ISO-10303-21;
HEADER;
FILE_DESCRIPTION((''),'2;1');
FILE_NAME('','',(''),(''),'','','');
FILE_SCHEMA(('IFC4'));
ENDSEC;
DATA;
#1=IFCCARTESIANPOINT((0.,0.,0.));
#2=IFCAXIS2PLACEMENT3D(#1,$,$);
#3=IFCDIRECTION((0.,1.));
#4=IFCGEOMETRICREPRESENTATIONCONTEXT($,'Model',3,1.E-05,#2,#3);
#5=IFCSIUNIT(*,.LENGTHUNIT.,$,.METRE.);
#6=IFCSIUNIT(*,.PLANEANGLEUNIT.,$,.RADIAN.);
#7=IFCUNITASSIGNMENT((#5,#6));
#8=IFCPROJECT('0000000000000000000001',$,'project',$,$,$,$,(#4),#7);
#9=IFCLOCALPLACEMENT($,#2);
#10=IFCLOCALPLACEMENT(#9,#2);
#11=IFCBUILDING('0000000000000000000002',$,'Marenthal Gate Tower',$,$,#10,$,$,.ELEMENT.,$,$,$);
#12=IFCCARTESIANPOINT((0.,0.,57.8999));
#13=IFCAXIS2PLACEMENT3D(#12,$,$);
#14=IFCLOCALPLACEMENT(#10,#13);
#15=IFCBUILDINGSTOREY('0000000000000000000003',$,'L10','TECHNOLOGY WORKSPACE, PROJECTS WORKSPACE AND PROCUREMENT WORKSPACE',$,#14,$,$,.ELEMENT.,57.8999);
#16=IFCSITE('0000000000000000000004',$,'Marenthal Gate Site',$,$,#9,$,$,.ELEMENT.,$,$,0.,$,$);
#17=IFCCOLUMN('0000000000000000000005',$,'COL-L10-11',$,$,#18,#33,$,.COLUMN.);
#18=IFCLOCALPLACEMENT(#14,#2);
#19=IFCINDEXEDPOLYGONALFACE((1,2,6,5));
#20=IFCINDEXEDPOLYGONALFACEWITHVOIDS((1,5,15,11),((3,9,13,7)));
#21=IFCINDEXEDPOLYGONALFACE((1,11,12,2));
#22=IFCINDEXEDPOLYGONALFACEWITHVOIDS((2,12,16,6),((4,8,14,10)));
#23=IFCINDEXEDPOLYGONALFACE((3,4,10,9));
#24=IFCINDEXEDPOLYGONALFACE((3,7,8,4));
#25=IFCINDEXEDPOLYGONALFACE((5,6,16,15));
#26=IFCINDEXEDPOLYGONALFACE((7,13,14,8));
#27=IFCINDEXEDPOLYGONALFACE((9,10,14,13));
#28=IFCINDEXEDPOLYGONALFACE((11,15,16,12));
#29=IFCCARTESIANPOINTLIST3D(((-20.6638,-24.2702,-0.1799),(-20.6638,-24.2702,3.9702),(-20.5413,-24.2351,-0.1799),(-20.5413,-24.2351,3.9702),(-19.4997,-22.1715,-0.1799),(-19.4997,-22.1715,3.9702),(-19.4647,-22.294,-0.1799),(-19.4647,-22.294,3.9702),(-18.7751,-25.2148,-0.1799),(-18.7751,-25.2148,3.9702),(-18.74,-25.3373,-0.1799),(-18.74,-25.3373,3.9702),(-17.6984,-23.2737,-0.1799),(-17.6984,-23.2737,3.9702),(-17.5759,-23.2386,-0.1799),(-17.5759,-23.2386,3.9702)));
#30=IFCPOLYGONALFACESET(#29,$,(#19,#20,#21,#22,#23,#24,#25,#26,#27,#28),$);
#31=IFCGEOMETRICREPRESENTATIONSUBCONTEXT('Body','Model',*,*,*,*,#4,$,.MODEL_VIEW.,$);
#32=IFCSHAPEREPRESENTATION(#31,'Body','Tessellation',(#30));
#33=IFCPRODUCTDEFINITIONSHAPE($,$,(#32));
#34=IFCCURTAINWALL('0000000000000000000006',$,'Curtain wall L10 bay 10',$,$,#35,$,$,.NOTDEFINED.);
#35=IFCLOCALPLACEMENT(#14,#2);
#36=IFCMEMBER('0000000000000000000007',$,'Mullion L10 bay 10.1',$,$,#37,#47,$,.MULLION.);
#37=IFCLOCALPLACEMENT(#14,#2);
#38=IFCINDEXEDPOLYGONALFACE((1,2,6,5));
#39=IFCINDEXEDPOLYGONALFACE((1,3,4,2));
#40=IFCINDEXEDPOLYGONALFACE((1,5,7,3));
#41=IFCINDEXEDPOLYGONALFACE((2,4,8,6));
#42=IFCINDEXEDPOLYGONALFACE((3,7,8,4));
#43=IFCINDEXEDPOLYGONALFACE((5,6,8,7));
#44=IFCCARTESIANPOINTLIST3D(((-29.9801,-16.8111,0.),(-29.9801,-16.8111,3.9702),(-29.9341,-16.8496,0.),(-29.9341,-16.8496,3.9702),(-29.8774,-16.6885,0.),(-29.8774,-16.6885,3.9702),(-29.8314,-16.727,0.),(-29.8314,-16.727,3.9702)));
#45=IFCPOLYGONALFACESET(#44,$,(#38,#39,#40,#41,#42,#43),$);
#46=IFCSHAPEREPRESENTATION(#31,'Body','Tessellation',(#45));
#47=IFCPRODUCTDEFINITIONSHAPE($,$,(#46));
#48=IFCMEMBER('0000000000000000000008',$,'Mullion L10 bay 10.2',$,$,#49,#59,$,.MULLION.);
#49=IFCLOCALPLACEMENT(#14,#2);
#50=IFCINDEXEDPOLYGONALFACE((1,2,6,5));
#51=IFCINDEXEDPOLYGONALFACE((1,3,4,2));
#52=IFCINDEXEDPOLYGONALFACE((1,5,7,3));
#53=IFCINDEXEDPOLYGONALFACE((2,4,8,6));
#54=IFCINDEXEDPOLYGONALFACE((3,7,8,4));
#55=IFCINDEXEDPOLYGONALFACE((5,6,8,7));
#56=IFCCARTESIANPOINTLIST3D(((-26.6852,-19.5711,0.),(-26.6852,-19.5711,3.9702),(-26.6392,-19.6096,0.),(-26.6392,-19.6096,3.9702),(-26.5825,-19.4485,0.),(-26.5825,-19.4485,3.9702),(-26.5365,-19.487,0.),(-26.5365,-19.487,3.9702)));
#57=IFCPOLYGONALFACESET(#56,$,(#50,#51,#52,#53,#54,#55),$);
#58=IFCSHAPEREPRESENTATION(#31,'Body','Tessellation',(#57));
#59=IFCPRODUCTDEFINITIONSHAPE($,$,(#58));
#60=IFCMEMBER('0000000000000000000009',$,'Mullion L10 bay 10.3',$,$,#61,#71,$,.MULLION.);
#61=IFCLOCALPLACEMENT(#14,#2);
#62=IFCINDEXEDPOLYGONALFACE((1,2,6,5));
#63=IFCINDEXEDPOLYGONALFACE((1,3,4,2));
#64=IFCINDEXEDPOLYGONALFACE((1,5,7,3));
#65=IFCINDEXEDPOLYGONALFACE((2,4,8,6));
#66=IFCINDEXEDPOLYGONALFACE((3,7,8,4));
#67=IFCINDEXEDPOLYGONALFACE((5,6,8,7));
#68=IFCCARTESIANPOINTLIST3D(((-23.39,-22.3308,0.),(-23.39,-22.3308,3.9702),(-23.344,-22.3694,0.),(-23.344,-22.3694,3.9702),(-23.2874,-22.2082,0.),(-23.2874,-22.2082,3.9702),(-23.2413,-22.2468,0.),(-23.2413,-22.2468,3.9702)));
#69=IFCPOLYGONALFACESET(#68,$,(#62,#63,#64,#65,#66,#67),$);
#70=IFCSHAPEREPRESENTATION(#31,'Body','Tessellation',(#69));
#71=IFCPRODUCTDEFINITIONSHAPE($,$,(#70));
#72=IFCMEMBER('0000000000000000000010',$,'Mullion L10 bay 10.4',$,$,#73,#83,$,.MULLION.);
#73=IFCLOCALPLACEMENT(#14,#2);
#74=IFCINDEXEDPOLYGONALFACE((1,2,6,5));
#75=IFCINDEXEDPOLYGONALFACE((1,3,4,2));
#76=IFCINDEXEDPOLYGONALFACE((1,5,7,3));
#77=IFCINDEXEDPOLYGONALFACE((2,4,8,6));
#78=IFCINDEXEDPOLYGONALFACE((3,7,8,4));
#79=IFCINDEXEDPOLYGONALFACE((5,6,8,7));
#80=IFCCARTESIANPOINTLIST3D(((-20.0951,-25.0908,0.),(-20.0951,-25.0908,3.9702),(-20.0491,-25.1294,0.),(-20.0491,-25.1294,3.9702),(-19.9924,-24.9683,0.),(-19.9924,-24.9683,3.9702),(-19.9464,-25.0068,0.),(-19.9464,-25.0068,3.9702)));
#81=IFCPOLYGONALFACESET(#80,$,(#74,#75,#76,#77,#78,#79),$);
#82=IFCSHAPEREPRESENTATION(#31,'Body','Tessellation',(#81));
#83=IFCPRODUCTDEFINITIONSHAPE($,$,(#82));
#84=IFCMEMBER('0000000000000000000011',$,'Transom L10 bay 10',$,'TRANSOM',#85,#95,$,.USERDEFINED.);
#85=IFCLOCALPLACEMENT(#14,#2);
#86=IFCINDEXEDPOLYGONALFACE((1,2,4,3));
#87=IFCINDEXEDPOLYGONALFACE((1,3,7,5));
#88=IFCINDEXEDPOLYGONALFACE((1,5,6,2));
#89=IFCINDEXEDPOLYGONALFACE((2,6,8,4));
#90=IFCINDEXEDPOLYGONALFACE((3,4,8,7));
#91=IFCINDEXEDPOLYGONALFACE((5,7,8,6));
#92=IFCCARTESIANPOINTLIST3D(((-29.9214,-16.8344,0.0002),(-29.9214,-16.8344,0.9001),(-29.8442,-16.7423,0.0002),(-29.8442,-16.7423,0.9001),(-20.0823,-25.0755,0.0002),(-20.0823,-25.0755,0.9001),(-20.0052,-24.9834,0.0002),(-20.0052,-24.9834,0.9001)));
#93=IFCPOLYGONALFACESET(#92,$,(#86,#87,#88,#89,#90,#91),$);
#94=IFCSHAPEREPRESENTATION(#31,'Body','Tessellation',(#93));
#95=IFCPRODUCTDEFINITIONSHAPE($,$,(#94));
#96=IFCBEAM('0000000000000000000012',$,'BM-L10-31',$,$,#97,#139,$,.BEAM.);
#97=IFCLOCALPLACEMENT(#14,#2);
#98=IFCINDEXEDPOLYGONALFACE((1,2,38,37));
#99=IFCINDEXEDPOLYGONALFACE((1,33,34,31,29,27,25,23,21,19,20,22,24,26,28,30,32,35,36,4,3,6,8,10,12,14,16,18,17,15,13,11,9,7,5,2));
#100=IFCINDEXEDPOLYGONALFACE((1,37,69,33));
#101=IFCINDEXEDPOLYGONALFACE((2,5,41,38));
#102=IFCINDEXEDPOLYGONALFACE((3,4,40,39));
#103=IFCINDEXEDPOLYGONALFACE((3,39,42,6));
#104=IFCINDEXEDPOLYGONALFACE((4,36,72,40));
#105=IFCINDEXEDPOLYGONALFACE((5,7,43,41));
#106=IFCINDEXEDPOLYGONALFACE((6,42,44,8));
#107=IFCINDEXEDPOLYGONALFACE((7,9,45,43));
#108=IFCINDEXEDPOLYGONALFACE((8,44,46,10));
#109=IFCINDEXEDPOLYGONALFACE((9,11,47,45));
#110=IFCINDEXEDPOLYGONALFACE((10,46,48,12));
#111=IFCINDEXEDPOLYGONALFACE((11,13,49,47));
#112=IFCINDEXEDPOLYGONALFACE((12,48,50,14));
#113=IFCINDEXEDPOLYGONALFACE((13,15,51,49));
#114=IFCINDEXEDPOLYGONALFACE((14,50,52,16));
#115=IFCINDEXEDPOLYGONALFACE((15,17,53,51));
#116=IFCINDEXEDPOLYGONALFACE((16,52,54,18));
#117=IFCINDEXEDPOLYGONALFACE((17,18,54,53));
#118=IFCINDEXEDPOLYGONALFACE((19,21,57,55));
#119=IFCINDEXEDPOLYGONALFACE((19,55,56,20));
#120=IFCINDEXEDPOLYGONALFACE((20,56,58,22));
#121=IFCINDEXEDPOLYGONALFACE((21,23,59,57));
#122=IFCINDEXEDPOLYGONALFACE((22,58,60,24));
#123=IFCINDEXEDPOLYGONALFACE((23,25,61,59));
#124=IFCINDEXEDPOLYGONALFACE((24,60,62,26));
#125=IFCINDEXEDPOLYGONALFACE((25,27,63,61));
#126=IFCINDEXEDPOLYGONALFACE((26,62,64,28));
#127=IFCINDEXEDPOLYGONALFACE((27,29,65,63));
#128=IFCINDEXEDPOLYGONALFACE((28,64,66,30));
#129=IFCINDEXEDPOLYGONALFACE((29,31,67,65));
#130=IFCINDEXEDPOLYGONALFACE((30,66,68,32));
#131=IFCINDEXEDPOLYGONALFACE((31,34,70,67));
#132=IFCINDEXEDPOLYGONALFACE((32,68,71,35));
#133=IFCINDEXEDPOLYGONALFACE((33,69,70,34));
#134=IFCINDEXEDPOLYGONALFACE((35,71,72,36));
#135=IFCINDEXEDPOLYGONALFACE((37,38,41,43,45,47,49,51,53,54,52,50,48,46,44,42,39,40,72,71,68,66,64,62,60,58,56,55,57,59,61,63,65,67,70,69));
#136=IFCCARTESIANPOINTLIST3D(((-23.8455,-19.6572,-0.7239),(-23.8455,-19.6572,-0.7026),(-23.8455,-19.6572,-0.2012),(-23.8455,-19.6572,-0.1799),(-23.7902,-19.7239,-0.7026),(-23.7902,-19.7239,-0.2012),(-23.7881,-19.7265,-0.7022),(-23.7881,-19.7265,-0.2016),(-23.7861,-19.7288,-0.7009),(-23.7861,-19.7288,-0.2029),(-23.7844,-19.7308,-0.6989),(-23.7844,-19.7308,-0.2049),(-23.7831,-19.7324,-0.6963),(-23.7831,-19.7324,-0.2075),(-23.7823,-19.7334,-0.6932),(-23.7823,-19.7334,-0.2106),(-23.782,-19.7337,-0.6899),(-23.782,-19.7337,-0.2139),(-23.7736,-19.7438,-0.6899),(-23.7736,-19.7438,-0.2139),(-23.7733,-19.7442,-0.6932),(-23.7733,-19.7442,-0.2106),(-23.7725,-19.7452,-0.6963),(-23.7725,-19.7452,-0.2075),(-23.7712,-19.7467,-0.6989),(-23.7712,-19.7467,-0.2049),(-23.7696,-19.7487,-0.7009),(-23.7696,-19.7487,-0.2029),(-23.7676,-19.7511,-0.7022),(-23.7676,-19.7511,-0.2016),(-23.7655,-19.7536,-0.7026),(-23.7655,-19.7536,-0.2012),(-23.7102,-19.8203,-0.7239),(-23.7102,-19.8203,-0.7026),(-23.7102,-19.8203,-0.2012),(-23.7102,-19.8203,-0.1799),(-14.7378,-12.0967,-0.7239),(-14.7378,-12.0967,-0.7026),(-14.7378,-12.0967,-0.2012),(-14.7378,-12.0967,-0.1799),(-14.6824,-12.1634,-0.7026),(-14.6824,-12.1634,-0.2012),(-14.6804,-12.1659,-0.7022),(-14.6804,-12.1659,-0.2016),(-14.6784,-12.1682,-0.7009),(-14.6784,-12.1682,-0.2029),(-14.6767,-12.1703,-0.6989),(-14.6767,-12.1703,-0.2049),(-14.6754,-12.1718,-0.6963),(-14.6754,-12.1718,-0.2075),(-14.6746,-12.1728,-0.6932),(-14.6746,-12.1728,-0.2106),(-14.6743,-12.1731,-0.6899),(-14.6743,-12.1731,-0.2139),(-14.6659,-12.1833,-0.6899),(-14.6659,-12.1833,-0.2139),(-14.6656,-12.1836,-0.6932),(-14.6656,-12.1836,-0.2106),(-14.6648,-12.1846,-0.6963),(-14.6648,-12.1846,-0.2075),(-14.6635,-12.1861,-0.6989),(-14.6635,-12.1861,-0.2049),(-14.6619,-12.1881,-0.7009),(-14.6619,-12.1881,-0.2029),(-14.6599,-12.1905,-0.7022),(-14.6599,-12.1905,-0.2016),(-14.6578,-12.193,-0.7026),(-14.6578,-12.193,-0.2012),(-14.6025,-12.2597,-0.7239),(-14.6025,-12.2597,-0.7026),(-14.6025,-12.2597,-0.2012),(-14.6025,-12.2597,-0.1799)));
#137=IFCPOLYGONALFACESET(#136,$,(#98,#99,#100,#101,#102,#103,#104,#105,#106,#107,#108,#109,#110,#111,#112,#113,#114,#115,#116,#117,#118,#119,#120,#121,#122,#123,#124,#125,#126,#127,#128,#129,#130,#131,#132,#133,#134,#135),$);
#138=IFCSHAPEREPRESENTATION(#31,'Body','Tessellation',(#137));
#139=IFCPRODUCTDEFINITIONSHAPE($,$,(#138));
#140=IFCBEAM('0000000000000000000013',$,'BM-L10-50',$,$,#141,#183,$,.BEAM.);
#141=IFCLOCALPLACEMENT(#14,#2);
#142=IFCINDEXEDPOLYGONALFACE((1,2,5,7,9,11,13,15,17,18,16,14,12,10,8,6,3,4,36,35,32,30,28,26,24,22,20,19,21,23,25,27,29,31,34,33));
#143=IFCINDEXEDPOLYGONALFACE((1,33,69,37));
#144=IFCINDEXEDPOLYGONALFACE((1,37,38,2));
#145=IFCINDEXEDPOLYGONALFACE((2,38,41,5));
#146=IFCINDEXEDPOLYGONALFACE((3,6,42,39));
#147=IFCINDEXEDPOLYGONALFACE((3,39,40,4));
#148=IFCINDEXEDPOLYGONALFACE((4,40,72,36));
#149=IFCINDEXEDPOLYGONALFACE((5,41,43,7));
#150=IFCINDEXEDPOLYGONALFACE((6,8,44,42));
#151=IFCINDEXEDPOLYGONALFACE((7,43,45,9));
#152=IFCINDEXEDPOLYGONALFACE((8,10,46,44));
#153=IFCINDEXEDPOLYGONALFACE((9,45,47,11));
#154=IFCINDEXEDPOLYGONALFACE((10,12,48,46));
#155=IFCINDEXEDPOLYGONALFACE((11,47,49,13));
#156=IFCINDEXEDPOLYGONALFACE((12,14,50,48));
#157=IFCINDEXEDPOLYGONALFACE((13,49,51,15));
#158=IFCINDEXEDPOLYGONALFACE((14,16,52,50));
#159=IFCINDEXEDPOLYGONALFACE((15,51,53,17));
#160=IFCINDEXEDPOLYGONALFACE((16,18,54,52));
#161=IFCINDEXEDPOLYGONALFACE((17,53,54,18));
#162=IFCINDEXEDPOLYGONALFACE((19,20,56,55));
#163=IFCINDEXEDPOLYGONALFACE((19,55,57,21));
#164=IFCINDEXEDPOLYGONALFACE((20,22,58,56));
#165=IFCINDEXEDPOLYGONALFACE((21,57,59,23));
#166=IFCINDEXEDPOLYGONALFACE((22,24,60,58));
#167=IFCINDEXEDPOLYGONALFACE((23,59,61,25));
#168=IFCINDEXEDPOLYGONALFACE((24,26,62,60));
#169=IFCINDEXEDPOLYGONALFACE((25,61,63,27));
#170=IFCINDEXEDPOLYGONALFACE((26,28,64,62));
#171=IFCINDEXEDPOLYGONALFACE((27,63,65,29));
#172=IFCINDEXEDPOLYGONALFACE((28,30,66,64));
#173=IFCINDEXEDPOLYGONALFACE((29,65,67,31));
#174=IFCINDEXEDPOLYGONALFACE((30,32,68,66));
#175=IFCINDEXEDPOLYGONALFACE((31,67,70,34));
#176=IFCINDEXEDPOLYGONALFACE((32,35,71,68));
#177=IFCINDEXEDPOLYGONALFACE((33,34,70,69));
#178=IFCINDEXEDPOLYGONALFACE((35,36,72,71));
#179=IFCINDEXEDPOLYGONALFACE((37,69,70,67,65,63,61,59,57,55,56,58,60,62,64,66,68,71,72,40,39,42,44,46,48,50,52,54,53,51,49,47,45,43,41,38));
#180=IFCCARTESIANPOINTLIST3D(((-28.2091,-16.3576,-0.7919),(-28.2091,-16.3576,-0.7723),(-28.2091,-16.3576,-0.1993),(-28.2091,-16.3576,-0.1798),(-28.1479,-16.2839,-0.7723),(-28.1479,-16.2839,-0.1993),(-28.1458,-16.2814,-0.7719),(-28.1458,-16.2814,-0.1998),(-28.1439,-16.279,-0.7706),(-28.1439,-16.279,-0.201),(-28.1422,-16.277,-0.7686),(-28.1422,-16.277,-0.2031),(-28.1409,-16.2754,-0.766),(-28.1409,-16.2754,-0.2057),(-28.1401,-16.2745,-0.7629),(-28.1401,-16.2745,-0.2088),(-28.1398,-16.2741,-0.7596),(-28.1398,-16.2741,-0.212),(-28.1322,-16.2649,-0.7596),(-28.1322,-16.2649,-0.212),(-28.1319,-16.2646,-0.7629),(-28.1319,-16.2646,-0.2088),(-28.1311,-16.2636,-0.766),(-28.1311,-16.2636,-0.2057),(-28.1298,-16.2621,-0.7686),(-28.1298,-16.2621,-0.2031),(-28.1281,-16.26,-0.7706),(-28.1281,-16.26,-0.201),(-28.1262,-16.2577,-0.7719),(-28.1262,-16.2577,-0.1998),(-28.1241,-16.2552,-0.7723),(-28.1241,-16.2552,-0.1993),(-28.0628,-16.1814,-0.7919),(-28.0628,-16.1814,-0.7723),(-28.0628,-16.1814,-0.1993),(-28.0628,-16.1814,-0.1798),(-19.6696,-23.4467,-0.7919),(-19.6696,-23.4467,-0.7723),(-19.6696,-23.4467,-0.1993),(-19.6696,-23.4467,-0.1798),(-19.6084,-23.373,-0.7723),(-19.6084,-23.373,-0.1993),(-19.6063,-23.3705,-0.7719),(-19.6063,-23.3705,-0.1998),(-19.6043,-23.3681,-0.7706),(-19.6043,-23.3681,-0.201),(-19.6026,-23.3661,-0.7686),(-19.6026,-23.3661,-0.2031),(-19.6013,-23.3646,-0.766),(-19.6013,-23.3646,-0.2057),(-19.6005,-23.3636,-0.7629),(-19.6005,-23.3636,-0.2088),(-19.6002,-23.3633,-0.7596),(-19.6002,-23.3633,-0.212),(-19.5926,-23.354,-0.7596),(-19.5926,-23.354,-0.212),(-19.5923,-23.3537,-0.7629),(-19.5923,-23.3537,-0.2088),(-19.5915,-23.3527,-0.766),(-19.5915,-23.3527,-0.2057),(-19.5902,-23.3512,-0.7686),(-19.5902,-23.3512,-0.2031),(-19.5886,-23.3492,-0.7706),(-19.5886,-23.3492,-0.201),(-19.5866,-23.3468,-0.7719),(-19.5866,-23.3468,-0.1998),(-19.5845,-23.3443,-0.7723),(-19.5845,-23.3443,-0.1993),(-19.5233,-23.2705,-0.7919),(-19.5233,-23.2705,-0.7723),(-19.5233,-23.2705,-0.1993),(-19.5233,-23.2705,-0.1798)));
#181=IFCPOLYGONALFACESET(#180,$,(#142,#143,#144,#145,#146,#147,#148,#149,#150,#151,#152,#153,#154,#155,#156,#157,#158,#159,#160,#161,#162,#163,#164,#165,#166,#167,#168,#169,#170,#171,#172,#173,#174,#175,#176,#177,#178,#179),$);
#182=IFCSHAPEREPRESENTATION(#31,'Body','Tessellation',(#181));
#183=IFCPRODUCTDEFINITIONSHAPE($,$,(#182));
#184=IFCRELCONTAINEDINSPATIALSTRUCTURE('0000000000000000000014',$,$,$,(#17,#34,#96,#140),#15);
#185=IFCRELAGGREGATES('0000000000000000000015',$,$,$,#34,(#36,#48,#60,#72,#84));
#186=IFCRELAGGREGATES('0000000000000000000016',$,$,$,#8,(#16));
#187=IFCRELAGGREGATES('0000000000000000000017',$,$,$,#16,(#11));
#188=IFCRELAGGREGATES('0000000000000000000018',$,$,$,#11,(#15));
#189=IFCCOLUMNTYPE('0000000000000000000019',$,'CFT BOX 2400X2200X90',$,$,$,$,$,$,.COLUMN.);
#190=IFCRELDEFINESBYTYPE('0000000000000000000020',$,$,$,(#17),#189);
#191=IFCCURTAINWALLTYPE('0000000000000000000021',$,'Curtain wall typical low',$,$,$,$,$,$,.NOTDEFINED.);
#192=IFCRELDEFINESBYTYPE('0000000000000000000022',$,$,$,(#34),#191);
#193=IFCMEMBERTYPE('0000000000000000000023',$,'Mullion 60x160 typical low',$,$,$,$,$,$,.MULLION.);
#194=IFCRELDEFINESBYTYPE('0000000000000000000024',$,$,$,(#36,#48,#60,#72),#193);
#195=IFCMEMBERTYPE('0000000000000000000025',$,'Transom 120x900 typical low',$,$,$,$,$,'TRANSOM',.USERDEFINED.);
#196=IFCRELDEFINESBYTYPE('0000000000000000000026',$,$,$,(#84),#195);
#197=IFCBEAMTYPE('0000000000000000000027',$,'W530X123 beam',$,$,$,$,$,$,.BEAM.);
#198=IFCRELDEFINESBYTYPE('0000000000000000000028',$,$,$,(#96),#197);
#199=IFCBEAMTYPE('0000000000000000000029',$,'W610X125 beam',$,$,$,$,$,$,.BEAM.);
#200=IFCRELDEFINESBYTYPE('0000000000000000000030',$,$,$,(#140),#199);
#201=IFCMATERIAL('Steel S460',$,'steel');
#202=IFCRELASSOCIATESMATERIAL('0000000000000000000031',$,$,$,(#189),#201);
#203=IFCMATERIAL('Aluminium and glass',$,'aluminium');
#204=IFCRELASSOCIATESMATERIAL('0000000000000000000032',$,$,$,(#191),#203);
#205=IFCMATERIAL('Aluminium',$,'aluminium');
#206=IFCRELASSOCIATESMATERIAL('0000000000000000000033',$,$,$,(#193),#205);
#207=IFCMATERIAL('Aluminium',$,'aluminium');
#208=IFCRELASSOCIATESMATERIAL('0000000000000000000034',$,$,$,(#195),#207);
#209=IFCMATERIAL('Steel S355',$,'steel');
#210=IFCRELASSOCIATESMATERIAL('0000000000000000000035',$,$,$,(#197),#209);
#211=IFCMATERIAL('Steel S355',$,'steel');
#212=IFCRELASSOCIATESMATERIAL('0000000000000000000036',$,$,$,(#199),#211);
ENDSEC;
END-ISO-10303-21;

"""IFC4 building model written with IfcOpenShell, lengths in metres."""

from ifc_helpers import new_model, si_unit, direction, frame, origin, origin_2d, place, context, subcontext, project, spatial, rectangle, hollow_rectangle, i_section, extrude, material, material_profile, profile_set, type_object, element, aggregate, save


model = new_model("IFC4")

# Units and contexts
model_context = context("Model", 3, precision=1e-05, world=origin(), true_north=direction((0.0, 1.0)))
body_context = subcontext(model_context, "Body", "Model", "MODEL_VIEW")
ifc_project = project(units=[si_unit("LENGTHUNIT", "METRE"), si_unit("PLANEANGLEUNIT", "RADIAN")], contexts=[model_context])

# Site, building, storey
site_placement = place(None, origin())
site = spatial("IfcSite", under=ifc_project, at=site_placement, Name="Marenthal Gate Site", CompositionType="ELEMENT", RefElevation=0.0)
building_placement = place(site_placement, origin())
building = spatial("IfcBuilding", under=site, at=building_placement, Name="Marenthal Gate Tower", CompositionType="ELEMENT")
storey_placement = place(building_placement, frame((0.0, 0.0, 57.8999)))
storey = spatial("IfcBuildingStorey", under=building, at=storey_placement, Name="L10", Description="TECHNOLOGY WORKSPACE, PROJECTS WORKSPACE AND PROCUREMENT WORKSPACE", CompositionType="ELEMENT", Elevation=57.8999)

# Column
ifc_material_1 = material(Name="Steel S460", Category="steel")
ifc_material_profile_1 = material_profile(ifc_material_1, hollow_rectangle(XDim=2.2, YDim=2.3999, WallThickness=0.0901, at=origin_2d()), Name="CFT BOX 2400X2200X90")
ifc_material_2 = material(Name="Concrete 70 MPa", Category="concrete")
ifc_material_profile_2 = material_profile(ifc_material_2, rectangle(XDim=2.02, YDim=2.22, at=origin_2d()), Name="CFT BOX 2400X2200X90 INFILL")
ifc_profile_set_1 = profile_set([ifc_material_profile_1, ifc_material_profile_2], Name="Steel S460 shell, Concrete 70 MPa infill")
column_type = type_object("IfcColumnType", Name="CFT BOX 2400X2200X90", PredefinedType="COLUMN", material=ifc_profile_set_1)
column_placement = place(storey_placement, frame((-19.1199, -23.7544, -0.1799), z_axis=(0.0, 0.0, 1.0), x_axis=(-0.874483, 0.485055, 0.0)))
element("IfcColumn", 1, at=column_placement, inside=storey, type_object=column_type, Name="COL-L10-11", PredefinedType="COLUMN", context=body_context, shape_type="SweptSolid", body=[
    extrude(hollow_rectangle(XDim=2.2, YDim=2.3999, WallThickness=0.0901, at=origin_2d()), origin(), (0.0, 0.0, 1.0), 4.1501),
])

# Curtain wall, members
ifc_material_3 = material(Name="Aluminium and glass", Category="aluminium")
curtain_wall_type = type_object("IfcCurtainWallType", Name="Curtain wall typical low", PredefinedType="NOTDEFINED", material=ifc_material_3)
curtain_wall_placement = place(storey_placement, origin())
curtain_wall = element("IfcCurtainWall", 2, at=curtain_wall_placement, inside=storey, type_object=curtain_wall_type, Name="Curtain wall L10 bay 10", PredefinedType="NOTDEFINED")
ifc_material_4 = material(Name="Aluminium", Category="aluminium")
ifc_material_profile_3 = material_profile(ifc_material_4, rectangle(XDim=0.1599, YDim=0.0601, at=origin_2d()), Name="60x160 aluminium mullion")
ifc_profile_set_2 = profile_set([ifc_material_profile_3], Name="Aluminium")
member_type_1 = type_object("IfcMemberType", Name="Mullion 60x160 typical low", PredefinedType="MULLION", material=ifc_profile_set_2)
member_1_placement = place(storey_placement, frame((-29.9058, -16.769, 0.0), z_axis=(0.0, 0.0, 1.0), x_axis=(0.642112, 0.766611, 0.0)))
member_1 = element("IfcMember", 3, at=member_1_placement, type_object=member_type_1, Name="Mullion L10 bay 10.1", PredefinedType="MULLION", context=body_context, shape_type="SweptSolid", body=[
    extrude(rectangle(XDim=0.1599, YDim=0.0601, at=origin_2d()), origin(), (0.0, 0.0, 1.0), 3.9702),
])
member_2_placement = place(storey_placement, frame((-26.6108, -19.5291, 0.0), z_axis=(0.0, 0.0, 1.0), x_axis=(0.642112, 0.766611, 0.0)))
member_2 = element("IfcMember", 4, at=member_2_placement, type_object=member_type_1, Name="Mullion L10 bay 10.2", PredefinedType="MULLION", context=body_context, shape_type="SweptSolid", body=[
    extrude(rectangle(XDim=0.1599, YDim=0.0601, at=origin_2d()), origin(), (0.0, 0.0, 1.0), 3.9702),
])
member_3_placement = place(storey_placement, frame((-23.3157, -22.2888, 0.0), z_axis=(0.0, 0.0, 1.0), x_axis=(0.642112, 0.766611, 0.0)))
member_3 = element("IfcMember", 5, at=member_3_placement, type_object=member_type_1, Name="Mullion L10 bay 10.3", PredefinedType="MULLION", context=body_context, shape_type="SweptSolid", body=[
    extrude(rectangle(XDim=0.1599, YDim=0.0601, at=origin_2d()), origin(), (0.0, 0.0, 1.0), 3.9702),
])
member_4_placement = place(storey_placement, frame((-20.0208, -25.0488, 0.0), z_axis=(0.0, 0.0, 1.0), x_axis=(0.642112, 0.766611, 0.0)))
member_4 = element("IfcMember", 6, at=member_4_placement, type_object=member_type_1, Name="Mullion L10 bay 10.4", PredefinedType="MULLION", context=body_context, shape_type="SweptSolid", body=[
    extrude(rectangle(XDim=0.1599, YDim=0.0601, at=origin_2d()), origin(), (0.0, 0.0, 1.0), 3.9702),
])
ifc_material_5 = material(Name="Aluminium", Category="aluminium")
ifc_material_profile_4 = material_profile(ifc_material_5, rectangle(XDim=0.1201, YDim=0.8999, at=origin_2d()), Name="120x900 aluminium transom")
ifc_profile_set_3 = profile_set([ifc_material_profile_4], Name="Aluminium")
member_type_2 = type_object("IfcMemberType", Name="Transom 120x900 typical low", ElementType="TRANSOM", PredefinedType="USERDEFINED", material=ifc_profile_set_3)
member_5_placement = place(storey_placement, frame((-29.8828, -16.7883, 0.4502), z_axis=(0.766611, -0.642111, 0.0), x_axis=(0.642111, 0.766611, 0.0)))
member_5 = element("IfcMember", 7, at=member_5_placement, type_object=member_type_2, Name="Transom L10 bay 10", ObjectType="TRANSOM", PredefinedType="USERDEFINED", context=body_context, shape_type="SweptSolid", body=[
    extrude(rectangle(XDim=0.1201, YDim=0.8999, at=origin_2d()), origin(), (0.0, 0.0, 1.0), 12.8345),
])

# Beams
ifc_material_6 = material(Name="Steel S355", Category="steel")
ifc_material_profile_5 = material_profile(ifc_material_6, i_section(OverallWidth=0.2119, OverallDepth=0.5439, WebThickness=0.0132, FlangeThickness=0.0212, FilletRadius=0.0127, at=origin_2d()), Name="W530X123")
ifc_profile_set_4 = profile_set([ifc_material_profile_5], Name="Steel S355")
beam_type_1 = type_object("IfcBeamType", Name="W530X123 beam", PredefinedType="BEAM", material=ifc_profile_set_4)
beam_1_placement = place(storey_placement, frame((-23.7778, -19.7388, -0.4519), z_axis=(0.769432, 0.638729, 0.0), x_axis=(-0.638729, 0.769432, 0.0)))
element("IfcBeam", 8, at=beam_1_placement, inside=storey, type_object=beam_type_1, Name="BM-L10-31", PredefinedType="BEAM", context=body_context, shape_type="SweptSolid", body=[
    extrude(i_section(OverallWidth=0.2119, OverallDepth=0.5439, WebThickness=0.0132, FlangeThickness=0.0212, FilletRadius=0.0127, at=origin_2d()), origin(), (0.0, 0.0, 1.0), 11.8369),
])
ifc_material_7 = material(Name="Steel S355", Category="steel")
ifc_material_profile_6 = material_profile(ifc_material_7, i_section(OverallWidth=0.229, OverallDepth=0.6121, WebThickness=0.012, FlangeThickness=0.0195, FilletRadius=0.0127, at=origin_2d()), Name="W610X125")
ifc_profile_set_5 = profile_set([ifc_material_profile_6], Name="Steel S355")
beam_type_2 = type_object("IfcBeamType", Name="W610X125 beam", PredefinedType="BEAM", material=ifc_profile_set_5)
beam_2_placement = place(storey_placement, frame((-28.136, -16.2695, -0.4858), z_axis=(0.769424, -0.638738, 0.0), x_axis=(0.638738, 0.769424, 0.0)))
element("IfcBeam", 9, at=beam_2_placement, inside=storey, type_object=beam_type_2, Name="BM-L10-50", PredefinedType="BEAM", context=body_context, shape_type="SweptSolid", body=[
    extrude(i_section(OverallWidth=0.229, OverallDepth=0.6121, WebThickness=0.012, FlangeThickness=0.0195, FilletRadius=0.0127, at=origin_2d()), origin(), (0.0, 0.0, 1.0), 11.0986),
])

aggregate(curtain_wall, [member_1, member_2, member_3, member_4, member_5])

save(model, "model.ifc")
